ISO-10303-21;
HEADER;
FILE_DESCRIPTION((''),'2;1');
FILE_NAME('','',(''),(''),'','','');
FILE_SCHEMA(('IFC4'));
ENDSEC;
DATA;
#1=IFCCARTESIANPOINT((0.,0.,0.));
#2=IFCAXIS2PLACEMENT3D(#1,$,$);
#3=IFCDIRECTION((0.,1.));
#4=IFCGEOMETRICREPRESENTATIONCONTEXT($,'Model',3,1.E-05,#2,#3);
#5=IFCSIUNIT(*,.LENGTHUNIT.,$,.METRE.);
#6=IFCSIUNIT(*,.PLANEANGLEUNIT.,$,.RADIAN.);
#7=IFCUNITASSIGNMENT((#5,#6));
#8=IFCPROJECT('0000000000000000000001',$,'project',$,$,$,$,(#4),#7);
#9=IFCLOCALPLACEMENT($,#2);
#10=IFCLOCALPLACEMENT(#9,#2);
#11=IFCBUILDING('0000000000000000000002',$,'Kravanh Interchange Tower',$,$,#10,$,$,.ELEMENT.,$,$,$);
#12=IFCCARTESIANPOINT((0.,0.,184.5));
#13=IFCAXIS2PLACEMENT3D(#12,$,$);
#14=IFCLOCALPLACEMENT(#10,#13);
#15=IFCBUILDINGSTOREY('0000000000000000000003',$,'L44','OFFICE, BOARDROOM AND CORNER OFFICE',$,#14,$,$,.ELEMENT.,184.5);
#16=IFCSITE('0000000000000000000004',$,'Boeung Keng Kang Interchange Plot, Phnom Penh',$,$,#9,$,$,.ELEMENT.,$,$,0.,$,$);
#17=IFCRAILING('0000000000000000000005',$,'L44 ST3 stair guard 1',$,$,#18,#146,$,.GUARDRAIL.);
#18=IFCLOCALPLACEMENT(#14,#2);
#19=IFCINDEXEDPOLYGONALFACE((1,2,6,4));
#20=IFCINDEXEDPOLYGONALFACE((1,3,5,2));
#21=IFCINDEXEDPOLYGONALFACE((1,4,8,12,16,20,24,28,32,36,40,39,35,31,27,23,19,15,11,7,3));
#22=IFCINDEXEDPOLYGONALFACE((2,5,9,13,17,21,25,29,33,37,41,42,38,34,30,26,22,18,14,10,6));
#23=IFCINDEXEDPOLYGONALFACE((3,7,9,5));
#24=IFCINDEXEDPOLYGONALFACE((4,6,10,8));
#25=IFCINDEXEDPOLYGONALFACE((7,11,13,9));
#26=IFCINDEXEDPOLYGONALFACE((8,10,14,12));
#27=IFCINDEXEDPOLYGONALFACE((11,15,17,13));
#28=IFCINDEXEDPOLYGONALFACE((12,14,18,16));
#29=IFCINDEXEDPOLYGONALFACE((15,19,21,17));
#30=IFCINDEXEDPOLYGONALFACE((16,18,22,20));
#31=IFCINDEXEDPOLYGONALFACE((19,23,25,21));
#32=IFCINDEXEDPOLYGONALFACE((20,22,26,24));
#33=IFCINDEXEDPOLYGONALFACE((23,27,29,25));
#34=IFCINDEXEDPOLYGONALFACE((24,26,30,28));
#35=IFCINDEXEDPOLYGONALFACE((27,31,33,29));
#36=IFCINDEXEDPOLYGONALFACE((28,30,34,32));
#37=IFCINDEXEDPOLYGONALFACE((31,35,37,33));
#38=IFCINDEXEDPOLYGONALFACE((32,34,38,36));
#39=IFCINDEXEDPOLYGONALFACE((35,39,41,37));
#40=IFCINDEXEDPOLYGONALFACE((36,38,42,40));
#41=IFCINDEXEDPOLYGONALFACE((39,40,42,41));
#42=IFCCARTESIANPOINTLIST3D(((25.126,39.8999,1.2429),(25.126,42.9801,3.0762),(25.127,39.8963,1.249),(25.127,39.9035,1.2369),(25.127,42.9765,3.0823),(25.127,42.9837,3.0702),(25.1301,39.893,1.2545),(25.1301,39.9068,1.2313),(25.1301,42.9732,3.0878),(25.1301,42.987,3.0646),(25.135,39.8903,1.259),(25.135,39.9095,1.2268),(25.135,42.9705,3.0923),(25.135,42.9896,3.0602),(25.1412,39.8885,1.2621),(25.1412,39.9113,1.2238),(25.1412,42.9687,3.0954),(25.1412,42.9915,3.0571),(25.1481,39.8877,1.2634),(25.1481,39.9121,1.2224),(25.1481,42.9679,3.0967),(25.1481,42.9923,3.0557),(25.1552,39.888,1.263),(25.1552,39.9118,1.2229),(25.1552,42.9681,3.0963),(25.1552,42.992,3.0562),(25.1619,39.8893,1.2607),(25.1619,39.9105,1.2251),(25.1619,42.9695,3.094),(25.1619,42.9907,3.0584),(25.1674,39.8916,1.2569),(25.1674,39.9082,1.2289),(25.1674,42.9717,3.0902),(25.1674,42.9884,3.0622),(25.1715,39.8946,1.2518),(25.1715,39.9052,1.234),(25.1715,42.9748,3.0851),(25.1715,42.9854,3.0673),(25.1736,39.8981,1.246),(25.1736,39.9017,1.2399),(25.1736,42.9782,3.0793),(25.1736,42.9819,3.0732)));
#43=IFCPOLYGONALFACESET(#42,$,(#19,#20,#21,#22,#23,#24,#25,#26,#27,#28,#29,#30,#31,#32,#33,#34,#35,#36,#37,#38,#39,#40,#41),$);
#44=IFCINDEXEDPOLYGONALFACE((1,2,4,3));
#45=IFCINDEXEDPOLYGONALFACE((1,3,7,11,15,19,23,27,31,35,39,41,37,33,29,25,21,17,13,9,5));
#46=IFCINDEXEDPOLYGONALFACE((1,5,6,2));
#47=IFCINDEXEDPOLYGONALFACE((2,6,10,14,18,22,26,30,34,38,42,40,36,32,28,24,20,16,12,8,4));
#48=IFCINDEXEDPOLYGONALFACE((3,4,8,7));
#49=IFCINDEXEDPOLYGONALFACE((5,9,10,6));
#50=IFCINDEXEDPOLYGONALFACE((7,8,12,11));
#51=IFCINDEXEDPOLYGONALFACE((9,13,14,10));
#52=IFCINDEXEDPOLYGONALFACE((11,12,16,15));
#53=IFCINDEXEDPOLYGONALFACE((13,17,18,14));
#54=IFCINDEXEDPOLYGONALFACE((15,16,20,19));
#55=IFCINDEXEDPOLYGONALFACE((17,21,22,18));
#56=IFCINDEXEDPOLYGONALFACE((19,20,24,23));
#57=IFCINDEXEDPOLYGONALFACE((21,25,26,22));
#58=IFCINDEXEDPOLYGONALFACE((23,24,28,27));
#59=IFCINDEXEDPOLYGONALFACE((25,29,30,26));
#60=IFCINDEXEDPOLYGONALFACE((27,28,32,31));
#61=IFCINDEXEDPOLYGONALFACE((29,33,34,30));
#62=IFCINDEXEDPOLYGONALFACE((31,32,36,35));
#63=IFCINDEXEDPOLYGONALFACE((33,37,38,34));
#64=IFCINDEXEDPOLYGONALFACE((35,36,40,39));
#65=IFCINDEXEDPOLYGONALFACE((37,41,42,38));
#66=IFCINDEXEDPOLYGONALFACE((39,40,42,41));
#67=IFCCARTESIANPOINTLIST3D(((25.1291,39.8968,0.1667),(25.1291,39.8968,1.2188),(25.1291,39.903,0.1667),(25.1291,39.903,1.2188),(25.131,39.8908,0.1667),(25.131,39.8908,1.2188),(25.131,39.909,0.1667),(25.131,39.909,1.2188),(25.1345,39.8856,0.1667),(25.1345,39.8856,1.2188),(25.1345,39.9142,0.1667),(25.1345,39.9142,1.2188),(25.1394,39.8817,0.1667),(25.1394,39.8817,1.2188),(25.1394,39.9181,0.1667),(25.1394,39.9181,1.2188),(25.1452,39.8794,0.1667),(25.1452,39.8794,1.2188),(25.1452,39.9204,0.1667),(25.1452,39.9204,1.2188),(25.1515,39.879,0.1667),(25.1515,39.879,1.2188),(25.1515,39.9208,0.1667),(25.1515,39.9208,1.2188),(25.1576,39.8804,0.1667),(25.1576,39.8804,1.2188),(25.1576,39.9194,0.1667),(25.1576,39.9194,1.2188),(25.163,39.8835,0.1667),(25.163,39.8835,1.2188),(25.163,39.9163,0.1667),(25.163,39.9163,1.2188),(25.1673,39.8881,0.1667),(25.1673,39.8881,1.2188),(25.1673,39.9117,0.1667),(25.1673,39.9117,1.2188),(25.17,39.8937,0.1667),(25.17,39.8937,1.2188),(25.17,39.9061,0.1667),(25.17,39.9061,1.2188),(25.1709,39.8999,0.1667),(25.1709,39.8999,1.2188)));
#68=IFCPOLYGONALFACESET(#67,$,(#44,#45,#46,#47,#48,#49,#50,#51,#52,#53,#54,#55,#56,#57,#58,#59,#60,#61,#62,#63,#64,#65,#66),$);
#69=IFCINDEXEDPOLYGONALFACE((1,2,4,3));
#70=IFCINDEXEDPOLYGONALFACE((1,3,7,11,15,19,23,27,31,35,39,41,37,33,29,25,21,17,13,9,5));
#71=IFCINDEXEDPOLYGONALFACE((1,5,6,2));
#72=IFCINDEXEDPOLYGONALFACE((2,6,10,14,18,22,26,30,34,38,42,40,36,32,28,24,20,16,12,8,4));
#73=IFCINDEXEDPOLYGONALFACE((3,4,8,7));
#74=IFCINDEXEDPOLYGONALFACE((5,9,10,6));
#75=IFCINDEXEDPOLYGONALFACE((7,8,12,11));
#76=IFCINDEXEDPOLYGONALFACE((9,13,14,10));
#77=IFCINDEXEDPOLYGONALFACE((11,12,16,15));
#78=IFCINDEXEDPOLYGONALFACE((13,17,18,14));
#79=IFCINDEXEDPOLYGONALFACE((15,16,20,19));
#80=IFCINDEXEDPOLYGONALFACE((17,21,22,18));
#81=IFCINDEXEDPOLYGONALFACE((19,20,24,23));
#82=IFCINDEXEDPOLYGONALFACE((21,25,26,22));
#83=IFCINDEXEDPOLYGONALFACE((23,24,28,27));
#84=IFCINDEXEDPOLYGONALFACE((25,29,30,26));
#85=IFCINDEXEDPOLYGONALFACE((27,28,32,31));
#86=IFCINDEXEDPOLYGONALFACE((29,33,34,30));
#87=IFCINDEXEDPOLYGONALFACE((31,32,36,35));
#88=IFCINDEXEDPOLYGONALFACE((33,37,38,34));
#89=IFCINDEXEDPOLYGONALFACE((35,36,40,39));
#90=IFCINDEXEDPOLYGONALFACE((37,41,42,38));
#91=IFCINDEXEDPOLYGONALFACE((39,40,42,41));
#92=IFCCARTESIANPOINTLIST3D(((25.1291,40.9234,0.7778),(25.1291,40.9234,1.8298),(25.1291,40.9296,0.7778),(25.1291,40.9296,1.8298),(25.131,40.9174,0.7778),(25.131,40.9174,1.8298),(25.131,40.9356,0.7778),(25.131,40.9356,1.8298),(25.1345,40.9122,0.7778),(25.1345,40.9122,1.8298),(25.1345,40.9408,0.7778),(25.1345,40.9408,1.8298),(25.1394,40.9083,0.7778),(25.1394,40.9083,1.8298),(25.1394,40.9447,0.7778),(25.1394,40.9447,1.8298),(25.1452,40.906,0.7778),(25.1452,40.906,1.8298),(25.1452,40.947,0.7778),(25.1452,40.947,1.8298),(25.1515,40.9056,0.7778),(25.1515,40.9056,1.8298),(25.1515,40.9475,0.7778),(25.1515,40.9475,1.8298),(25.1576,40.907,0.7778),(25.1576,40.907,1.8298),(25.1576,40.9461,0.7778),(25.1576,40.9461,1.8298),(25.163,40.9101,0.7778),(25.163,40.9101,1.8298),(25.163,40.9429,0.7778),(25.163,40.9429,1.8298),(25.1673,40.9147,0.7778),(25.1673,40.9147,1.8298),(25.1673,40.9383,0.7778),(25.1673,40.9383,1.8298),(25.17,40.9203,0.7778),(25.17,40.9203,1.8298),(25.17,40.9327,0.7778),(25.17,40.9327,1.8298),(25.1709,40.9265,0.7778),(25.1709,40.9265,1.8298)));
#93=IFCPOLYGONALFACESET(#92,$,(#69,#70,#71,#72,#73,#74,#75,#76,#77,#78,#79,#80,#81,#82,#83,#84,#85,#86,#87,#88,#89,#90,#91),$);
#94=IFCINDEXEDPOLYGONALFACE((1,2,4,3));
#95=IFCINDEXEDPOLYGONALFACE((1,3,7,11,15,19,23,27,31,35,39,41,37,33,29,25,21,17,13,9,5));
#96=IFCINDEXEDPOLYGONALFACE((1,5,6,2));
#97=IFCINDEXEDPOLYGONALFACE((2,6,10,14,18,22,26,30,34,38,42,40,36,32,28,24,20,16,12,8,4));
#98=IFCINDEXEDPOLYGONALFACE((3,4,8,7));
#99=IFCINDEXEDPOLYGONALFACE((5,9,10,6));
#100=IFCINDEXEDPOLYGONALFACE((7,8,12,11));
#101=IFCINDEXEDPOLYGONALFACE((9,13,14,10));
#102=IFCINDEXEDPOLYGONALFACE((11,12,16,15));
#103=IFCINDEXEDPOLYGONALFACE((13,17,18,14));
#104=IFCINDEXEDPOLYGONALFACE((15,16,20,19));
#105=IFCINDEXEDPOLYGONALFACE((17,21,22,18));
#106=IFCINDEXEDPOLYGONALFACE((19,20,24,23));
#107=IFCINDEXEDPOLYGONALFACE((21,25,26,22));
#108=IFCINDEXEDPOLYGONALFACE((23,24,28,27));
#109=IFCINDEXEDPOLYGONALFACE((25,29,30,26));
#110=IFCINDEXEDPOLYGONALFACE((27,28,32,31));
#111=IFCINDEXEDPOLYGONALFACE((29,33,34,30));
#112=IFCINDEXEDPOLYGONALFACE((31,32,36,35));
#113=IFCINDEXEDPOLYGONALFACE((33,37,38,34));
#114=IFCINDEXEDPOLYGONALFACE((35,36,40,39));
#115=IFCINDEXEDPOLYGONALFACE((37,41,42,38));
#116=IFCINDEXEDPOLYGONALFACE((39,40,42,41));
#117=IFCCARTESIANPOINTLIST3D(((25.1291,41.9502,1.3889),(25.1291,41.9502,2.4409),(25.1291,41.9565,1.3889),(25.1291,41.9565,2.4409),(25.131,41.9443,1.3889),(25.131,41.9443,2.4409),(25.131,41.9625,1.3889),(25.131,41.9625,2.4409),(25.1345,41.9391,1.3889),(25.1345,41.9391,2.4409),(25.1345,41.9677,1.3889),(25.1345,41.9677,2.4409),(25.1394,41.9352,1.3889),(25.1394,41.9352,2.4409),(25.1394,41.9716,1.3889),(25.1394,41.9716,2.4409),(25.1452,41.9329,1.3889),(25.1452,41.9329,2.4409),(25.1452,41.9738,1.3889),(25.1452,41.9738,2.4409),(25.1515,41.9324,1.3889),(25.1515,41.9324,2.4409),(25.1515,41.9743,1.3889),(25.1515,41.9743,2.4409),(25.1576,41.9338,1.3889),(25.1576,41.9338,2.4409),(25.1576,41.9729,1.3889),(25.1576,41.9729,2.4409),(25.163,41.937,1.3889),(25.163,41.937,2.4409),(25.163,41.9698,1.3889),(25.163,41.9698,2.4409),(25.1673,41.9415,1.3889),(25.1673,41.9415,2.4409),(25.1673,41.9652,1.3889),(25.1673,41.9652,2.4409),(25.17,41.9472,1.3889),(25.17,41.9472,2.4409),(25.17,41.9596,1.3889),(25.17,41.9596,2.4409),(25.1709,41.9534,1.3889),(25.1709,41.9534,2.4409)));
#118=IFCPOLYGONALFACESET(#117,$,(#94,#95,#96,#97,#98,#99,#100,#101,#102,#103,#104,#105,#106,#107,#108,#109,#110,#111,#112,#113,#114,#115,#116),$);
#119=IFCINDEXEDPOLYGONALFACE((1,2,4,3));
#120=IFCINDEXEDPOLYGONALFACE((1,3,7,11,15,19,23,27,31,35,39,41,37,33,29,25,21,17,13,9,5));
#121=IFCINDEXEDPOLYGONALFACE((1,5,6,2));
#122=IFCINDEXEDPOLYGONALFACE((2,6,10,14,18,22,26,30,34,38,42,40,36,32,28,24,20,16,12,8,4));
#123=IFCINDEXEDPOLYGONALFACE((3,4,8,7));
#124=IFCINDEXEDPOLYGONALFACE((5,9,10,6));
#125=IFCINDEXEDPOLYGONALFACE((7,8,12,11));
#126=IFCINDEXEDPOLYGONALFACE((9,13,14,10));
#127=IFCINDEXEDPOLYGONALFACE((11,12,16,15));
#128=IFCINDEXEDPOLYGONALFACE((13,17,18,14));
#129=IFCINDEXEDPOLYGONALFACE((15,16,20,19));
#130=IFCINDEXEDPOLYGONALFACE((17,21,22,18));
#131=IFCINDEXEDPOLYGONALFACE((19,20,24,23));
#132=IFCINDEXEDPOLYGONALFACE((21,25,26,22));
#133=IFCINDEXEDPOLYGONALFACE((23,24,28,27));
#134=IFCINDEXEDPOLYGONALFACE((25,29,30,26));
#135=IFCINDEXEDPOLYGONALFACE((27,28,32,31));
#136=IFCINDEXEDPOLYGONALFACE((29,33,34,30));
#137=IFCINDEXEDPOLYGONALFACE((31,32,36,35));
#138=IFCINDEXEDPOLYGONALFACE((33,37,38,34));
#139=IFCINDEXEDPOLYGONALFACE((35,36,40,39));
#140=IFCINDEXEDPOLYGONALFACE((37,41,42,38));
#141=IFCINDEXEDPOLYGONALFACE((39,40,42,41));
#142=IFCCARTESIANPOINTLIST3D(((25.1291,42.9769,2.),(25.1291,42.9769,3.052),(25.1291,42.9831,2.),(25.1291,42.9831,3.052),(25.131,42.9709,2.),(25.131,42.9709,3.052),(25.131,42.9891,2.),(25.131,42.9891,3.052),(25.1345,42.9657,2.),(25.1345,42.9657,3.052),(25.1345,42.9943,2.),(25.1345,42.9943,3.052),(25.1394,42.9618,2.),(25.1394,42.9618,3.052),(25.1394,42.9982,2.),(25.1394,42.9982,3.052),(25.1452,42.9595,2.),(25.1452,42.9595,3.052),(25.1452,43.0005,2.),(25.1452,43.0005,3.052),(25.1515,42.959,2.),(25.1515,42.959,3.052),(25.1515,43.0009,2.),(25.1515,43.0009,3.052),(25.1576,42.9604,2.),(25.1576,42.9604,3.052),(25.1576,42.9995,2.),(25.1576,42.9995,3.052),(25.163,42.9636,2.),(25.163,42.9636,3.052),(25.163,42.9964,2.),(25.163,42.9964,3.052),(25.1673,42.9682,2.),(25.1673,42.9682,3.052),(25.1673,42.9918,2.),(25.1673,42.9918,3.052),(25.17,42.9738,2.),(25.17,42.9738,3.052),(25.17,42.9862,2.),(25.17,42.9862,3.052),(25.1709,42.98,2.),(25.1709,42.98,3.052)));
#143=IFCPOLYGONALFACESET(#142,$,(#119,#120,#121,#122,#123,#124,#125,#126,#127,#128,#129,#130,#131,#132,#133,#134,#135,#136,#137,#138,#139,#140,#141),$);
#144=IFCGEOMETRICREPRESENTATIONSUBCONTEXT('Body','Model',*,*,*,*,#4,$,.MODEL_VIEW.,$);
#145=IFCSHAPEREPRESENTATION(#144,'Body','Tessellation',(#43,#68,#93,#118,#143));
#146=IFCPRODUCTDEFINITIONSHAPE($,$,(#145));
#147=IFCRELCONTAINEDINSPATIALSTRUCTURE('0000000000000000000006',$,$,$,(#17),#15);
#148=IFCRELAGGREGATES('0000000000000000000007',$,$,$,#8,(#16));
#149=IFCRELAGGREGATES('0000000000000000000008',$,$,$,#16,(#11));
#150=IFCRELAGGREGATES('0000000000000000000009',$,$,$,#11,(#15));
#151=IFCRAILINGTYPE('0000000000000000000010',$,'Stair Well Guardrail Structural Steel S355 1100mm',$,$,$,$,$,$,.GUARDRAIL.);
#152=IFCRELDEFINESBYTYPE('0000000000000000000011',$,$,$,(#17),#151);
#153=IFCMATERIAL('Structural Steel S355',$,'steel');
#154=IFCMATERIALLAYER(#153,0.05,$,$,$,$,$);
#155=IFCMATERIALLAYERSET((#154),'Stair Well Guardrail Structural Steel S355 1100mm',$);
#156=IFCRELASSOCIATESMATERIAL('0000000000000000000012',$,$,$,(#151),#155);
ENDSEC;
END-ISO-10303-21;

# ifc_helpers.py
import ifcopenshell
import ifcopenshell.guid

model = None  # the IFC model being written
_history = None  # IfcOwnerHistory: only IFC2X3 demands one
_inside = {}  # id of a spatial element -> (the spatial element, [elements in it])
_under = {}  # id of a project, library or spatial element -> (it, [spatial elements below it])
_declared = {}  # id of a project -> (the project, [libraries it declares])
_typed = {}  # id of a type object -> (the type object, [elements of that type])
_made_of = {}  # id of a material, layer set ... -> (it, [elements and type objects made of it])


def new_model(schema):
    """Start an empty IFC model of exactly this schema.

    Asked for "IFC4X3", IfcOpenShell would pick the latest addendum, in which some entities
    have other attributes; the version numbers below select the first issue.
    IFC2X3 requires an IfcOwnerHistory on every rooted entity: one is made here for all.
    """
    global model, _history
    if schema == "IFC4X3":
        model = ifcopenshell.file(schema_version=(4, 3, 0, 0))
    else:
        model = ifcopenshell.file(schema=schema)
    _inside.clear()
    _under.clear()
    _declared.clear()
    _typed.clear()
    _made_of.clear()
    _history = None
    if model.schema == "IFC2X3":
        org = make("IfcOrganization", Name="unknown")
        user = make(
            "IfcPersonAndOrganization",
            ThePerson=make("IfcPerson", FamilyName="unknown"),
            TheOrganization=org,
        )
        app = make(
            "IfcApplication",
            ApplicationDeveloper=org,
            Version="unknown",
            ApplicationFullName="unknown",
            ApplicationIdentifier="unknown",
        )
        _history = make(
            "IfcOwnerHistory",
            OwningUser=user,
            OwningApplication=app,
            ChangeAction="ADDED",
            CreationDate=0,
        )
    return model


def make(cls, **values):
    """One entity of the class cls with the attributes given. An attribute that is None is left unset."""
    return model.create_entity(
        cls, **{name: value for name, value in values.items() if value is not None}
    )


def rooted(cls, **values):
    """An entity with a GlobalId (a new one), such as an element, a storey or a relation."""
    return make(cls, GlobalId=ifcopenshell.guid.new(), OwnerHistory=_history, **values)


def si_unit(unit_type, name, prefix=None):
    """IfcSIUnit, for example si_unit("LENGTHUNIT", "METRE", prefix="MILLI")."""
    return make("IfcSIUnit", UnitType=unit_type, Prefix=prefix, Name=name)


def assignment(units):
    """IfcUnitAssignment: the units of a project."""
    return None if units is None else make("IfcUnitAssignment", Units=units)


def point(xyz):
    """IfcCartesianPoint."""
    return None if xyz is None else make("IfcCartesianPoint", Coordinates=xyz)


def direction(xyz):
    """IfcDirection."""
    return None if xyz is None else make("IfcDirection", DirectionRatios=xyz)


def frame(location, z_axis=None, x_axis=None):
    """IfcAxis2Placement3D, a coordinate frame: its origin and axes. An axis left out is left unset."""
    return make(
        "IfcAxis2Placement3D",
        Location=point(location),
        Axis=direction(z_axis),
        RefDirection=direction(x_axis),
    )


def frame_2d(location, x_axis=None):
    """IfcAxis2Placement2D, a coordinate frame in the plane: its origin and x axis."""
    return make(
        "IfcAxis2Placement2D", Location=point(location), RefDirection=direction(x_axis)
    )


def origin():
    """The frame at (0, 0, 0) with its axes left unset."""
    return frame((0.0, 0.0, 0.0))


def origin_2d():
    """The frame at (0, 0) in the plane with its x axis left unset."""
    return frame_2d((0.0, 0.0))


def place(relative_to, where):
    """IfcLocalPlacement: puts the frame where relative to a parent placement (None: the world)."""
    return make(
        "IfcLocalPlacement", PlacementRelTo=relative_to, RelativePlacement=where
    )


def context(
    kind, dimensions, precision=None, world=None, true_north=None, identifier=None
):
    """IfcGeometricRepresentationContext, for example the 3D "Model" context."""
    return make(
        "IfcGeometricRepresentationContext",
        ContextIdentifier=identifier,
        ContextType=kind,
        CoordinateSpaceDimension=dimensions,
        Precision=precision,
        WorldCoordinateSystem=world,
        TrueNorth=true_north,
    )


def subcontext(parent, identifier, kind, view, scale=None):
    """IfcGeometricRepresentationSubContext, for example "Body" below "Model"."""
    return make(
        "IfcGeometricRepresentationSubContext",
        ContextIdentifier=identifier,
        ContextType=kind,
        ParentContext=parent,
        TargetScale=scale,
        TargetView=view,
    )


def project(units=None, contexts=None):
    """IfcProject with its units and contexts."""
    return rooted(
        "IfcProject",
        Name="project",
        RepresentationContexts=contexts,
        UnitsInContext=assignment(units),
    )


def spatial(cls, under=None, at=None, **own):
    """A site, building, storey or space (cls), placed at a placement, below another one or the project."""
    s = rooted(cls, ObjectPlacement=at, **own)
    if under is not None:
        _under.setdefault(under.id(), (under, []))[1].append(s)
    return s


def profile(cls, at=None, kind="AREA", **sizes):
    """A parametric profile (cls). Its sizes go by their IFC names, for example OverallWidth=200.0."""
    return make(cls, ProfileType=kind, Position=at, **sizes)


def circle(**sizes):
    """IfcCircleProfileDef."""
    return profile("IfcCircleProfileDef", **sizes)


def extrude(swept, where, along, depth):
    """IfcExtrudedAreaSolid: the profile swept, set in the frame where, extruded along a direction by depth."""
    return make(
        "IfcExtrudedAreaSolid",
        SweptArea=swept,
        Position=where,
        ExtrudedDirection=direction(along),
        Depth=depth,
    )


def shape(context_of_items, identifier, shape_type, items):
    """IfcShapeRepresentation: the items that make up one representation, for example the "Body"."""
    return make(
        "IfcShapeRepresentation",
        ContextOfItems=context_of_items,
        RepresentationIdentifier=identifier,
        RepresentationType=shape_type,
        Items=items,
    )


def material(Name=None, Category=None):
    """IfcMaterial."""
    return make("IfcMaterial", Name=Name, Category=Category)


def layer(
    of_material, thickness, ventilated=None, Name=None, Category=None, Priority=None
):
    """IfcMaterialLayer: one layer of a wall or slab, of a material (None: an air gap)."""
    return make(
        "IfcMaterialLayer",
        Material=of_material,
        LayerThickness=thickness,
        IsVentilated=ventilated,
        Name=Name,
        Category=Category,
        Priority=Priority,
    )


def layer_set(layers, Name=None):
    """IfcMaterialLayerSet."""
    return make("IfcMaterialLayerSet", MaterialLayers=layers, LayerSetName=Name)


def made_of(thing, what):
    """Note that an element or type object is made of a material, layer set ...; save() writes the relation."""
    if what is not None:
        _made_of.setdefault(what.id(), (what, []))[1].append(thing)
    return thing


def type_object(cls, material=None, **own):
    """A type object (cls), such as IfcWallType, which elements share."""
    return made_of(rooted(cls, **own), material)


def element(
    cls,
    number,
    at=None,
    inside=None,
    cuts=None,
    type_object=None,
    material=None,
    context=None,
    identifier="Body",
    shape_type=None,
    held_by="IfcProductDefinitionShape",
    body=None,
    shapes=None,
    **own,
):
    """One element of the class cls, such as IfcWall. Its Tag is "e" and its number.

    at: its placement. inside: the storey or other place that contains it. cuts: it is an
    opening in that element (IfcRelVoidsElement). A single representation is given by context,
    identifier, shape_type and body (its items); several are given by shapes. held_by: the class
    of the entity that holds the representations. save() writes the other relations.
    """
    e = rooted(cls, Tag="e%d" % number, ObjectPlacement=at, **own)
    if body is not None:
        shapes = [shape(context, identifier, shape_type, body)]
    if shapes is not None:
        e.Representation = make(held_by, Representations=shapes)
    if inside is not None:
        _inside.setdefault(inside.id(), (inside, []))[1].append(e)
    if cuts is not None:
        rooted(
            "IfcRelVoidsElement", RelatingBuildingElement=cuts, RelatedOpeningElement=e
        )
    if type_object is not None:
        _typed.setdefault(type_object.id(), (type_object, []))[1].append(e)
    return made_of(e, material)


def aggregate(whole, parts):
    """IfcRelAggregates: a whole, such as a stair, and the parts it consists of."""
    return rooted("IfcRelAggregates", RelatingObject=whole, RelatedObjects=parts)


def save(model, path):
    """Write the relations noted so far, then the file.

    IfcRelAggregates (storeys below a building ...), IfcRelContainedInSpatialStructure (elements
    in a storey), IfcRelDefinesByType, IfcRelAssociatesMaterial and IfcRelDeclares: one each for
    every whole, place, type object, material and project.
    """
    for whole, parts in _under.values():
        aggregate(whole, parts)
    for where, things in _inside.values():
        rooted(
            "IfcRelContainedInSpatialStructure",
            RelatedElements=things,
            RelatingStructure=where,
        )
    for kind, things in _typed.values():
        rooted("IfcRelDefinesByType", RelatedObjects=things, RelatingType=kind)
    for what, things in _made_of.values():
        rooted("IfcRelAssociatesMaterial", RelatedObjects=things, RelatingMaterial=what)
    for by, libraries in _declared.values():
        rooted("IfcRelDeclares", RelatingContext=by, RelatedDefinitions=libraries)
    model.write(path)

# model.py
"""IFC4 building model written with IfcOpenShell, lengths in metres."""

from ifc_helpers import new_model, si_unit, direction, frame, origin, origin_2d, place, context, subcontext, project, spatial, circle, extrude, material, layer, layer_set, type_object, element, save


model = new_model("IFC4")

# Units and contexts
model_context = context("Model", 3, precision=1e-05, world=origin(), true_north=direction((0.0, 1.0)))
body_context = subcontext(model_context, "Body", "Model", "MODEL_VIEW")
ifc_project = project(units=[si_unit("LENGTHUNIT", "METRE"), si_unit("PLANEANGLEUNIT", "RADIAN")], contexts=[model_context])

# Site, building, storey
site_placement = place(None, origin())
site = spatial("IfcSite", under=ifc_project, at=site_placement, Name="Boeung Keng Kang Interchange Plot, Phnom Penh", CompositionType="ELEMENT", RefElevation=0.0)
building_placement = place(site_placement, origin())
building = spatial("IfcBuilding", under=site, at=building_placement, Name="Kravanh Interchange Tower", CompositionType="ELEMENT")
storey_placement = place(building_placement, frame((0.0, 0.0, 184.5)))
storey = spatial("IfcBuildingStorey", under=building, at=storey_placement, Name="L44", Description="OFFICE, BOARDROOM AND CORNER OFFICE", CompositionType="ELEMENT", Elevation=184.5)

# Railing
ifc_material_1 = material(Name="Structural Steel S355", Category="steel")
ifc_layer_1 = layer(ifc_material_1, 0.05)
ifc_layer_set_1 = layer_set([ifc_layer_1], Name="Stair Well Guardrail Structural Steel S355 1100mm")
railing_type_1 = type_object("IfcRailingType", Name="Stair Well Guardrail Structural Steel S355 1100mm", PredefinedType="GUARDRAIL", material=ifc_layer_set_1)
railing_1_placement = place(storey_placement, frame((25.1499, 39.8999, 0.1667)))
element("IfcRailing", 1, at=railing_1_placement, inside=storey, type_object=railing_type_1, Name="L44 ST3 stair guard 1", PredefinedType="GUARDRAIL", context=body_context, shape_type="SweptSolid", body=[
    extrude(circle(Radius=0.0239, at=origin_2d()), frame((0.0, 0.0, 1.0762), z_axis=(0.0, 0.859309, 0.511458), x_axis=(-1.0, 0.0, 0.0)), (0.0, 0.0, 1.0), 3.5845),
    extrude(circle(Radius=0.021, at=origin_2d()), origin(), (0.0, 0.0, 1.0), 1.052),
    extrude(circle(Radius=0.021, at=origin_2d()), frame((0.0, 1.0266, 0.6111)), (0.0, 0.0, 1.0), 1.052),
    extrude(circle(Radius=0.021, at=origin_2d()), frame((0.0, 2.0535, 1.2222)), (0.0, 0.0, 1.0), 1.052),
    extrude(circle(Radius=0.021, at=origin_2d()), frame((0.0, 3.0801, 1.8333)), (0.0, 0.0, 1.0), 1.052),
])

save(model, "model.ifc")
